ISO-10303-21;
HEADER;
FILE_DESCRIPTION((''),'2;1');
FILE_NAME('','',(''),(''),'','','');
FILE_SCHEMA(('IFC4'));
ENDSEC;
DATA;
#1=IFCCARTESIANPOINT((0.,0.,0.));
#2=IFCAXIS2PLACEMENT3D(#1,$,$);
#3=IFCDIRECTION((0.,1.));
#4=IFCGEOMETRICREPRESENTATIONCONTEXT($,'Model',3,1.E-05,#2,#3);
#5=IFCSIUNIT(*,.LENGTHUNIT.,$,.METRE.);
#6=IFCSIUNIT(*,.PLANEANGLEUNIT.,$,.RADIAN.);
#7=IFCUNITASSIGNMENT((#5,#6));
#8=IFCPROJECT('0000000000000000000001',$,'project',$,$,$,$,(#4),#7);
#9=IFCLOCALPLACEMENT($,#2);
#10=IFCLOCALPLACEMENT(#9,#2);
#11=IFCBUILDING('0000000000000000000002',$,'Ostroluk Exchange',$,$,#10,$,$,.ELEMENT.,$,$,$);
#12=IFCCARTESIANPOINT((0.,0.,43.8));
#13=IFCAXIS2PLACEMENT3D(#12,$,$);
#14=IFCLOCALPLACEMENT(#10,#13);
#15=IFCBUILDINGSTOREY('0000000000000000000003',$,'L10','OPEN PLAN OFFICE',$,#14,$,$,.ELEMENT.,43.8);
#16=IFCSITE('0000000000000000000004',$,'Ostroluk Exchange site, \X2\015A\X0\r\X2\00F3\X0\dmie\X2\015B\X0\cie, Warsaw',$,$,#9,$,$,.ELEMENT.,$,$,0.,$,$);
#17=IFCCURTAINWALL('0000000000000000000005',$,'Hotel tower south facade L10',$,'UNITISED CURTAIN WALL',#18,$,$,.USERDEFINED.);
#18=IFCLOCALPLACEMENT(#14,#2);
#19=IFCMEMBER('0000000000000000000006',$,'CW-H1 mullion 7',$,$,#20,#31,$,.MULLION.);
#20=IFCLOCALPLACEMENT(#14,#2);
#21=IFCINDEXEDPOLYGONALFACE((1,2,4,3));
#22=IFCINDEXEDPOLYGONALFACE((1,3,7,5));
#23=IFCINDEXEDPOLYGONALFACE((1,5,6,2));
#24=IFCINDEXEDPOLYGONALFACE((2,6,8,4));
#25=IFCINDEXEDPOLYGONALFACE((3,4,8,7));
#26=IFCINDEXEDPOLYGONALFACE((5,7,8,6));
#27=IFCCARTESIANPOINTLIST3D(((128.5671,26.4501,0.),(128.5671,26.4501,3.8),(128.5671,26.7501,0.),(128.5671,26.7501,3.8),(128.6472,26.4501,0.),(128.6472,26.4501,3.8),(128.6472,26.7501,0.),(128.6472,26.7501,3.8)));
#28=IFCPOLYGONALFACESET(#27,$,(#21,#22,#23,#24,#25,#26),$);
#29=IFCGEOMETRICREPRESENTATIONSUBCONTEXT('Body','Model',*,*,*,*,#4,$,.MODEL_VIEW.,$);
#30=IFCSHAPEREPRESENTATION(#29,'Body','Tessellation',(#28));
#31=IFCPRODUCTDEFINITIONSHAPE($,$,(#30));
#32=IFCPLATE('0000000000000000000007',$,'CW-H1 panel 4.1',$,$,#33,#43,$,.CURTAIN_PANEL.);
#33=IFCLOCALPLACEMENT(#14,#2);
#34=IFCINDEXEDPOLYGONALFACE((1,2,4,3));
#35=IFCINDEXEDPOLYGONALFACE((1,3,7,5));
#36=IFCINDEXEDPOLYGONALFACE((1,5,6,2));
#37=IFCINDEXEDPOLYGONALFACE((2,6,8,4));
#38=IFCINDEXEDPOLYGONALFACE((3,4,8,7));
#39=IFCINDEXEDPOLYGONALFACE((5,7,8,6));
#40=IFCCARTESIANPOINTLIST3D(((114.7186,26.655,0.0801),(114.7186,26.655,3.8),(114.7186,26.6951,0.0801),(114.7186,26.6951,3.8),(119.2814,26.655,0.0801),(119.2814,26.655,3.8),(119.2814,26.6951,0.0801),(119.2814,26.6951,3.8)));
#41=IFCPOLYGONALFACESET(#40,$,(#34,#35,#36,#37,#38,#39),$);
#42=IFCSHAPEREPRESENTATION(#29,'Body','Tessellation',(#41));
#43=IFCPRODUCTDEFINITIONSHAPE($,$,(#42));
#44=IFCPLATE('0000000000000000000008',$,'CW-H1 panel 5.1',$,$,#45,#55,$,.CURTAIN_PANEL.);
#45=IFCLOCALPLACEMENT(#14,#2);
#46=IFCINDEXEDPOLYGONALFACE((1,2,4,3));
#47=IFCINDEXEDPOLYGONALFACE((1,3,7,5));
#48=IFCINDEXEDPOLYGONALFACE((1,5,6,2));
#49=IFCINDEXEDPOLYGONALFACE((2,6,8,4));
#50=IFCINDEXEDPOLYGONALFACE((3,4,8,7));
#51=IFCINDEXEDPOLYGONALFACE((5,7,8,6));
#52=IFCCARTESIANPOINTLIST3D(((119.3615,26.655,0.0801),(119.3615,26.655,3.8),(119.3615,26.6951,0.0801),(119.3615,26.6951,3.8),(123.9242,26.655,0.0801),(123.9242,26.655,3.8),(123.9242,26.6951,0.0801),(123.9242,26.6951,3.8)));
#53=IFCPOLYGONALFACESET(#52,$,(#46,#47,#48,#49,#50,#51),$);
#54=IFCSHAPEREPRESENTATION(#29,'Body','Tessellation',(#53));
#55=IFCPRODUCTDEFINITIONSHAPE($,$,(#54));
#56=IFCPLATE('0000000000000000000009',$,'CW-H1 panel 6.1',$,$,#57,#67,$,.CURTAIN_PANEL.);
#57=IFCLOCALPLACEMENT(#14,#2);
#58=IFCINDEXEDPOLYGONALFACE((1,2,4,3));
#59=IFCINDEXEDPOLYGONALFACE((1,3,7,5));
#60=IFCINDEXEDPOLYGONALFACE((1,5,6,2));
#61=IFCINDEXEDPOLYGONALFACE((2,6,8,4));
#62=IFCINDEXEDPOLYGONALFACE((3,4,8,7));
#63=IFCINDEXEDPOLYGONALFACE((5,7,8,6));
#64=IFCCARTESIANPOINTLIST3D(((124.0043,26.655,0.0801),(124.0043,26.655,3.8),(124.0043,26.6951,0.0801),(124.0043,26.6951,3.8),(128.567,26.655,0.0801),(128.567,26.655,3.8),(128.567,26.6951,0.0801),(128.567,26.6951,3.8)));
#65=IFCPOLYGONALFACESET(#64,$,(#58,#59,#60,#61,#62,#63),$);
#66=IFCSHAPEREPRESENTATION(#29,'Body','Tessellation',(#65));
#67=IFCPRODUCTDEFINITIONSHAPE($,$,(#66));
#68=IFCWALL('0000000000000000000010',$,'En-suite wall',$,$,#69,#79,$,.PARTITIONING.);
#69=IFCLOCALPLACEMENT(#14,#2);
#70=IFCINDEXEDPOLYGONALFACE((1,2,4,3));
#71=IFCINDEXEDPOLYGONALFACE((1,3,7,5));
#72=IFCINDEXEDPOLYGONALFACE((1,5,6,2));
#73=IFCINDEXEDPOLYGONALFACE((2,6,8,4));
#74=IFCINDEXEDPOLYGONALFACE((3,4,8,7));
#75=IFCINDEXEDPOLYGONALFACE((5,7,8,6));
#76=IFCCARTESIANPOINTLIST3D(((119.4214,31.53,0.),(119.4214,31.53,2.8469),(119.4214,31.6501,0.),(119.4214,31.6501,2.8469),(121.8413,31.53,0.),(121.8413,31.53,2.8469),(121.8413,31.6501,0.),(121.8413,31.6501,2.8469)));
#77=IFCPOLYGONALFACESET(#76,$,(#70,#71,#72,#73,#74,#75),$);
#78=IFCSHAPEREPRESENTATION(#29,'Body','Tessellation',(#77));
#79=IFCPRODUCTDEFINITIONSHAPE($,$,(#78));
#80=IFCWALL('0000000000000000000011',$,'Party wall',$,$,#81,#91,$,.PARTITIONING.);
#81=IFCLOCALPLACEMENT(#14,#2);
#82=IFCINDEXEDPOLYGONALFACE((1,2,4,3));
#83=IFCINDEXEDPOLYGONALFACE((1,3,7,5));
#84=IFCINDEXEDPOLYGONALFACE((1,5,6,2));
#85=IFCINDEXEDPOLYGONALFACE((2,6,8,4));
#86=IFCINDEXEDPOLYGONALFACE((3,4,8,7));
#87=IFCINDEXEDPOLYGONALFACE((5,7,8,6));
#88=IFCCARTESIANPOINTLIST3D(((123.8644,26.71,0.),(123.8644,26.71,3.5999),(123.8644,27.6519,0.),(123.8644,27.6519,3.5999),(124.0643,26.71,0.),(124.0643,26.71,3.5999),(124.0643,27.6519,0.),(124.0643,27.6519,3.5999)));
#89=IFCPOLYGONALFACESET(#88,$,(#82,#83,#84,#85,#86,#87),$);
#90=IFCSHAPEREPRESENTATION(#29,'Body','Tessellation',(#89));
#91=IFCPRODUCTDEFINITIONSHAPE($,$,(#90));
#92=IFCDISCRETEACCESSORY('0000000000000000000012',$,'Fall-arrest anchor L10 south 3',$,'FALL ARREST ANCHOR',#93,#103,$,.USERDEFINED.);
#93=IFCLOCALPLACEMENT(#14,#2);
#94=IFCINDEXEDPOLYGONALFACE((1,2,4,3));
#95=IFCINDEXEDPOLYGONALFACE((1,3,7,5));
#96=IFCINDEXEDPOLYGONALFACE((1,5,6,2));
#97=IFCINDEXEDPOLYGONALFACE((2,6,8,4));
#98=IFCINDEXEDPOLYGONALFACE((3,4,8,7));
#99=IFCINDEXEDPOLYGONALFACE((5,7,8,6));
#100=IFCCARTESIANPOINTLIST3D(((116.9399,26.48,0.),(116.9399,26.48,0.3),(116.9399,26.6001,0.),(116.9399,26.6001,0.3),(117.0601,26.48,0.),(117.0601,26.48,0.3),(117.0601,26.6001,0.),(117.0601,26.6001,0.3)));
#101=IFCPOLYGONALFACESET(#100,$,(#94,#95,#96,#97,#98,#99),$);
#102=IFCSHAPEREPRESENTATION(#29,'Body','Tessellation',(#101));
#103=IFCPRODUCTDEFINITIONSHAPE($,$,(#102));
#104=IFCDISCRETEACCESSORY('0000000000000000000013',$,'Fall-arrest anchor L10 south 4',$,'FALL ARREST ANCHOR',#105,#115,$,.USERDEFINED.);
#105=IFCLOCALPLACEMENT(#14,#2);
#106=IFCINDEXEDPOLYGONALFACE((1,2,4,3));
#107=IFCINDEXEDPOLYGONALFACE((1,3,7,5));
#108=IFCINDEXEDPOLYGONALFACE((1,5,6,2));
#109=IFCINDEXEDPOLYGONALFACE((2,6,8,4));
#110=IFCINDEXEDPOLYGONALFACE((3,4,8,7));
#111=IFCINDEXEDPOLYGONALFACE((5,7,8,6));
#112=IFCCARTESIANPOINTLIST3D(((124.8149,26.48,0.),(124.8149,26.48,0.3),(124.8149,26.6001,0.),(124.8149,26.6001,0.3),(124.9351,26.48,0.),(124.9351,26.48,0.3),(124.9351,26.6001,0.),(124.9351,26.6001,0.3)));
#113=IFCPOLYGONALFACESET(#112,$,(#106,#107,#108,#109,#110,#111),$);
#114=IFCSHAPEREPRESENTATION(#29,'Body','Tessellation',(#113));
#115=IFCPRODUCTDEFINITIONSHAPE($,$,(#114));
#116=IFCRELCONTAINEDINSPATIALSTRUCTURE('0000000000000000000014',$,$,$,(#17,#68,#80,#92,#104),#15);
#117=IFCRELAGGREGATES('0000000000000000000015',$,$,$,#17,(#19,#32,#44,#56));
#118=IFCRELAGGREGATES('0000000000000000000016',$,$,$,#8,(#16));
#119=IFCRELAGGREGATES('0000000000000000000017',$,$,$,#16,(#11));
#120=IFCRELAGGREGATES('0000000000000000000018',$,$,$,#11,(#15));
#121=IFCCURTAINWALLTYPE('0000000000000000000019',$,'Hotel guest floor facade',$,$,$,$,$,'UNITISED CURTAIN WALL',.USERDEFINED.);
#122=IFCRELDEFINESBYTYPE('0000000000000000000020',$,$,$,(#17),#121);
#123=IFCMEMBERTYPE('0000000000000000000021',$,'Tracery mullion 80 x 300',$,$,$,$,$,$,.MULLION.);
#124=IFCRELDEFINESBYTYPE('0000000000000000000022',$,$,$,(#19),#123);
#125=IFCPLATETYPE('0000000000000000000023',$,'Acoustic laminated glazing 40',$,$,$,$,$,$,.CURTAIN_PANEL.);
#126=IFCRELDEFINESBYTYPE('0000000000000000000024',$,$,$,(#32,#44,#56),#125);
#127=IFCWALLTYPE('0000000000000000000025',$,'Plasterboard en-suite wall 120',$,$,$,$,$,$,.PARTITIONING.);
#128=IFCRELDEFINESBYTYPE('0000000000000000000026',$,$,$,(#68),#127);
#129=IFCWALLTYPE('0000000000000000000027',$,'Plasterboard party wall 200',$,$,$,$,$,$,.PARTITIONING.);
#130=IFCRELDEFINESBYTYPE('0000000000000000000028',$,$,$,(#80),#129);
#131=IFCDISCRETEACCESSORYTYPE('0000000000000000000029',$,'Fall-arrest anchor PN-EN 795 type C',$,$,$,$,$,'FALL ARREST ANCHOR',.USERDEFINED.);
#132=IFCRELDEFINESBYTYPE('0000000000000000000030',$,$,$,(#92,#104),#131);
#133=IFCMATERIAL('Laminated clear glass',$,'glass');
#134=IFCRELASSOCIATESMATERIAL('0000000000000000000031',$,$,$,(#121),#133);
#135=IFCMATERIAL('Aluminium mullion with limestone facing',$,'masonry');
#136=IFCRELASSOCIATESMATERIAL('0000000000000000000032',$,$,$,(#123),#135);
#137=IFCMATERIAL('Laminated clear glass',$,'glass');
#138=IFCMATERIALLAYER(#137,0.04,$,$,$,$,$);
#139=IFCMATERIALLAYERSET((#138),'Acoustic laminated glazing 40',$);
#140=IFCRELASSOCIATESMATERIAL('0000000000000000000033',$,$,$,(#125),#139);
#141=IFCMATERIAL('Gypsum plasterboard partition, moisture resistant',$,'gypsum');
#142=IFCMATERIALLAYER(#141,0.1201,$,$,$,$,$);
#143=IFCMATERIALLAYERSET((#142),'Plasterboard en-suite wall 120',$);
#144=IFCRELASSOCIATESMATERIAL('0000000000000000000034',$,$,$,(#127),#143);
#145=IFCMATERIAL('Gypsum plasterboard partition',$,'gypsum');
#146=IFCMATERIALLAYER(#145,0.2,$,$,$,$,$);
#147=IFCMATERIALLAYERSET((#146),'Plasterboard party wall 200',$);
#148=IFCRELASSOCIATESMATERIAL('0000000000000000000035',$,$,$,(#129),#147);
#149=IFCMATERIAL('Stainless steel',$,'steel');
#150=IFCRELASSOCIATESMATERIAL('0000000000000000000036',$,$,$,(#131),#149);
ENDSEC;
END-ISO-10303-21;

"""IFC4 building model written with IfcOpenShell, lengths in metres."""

from ifc_helpers import new_model, si_unit, direction, frame, frame_2d, origin, origin_2d, place, context, subcontext, project, spatial, rectangle, extrude, material, layer, layer_set, material_profile, profile_set, type_object, element, aggregate, save


model = new_model("IFC4")

# Units and contexts
model_context = context("Model", 3, precision=1e-05, world=origin(), true_north=direction((0.0, 1.0)))
body_context = subcontext(model_context, "Body", "Model", "MODEL_VIEW")
ifc_project = project(units=[si_unit("LENGTHUNIT", "METRE"), si_unit("PLANEANGLEUNIT", "RADIAN")], contexts=[model_context])

# Site, building, storey
site_placement = place(None, origin())
site = spatial("IfcSite", under=ifc_project, at=site_placement, Name="Ostroluk Exchange site, Śródmieście, Warsaw", CompositionType="ELEMENT", RefElevation=0.0)
building_placement = place(site_placement, origin())
building = spatial("IfcBuilding", under=site, at=building_placement, Name="Ostroluk Exchange", CompositionType="ELEMENT")
storey_placement = place(building_placement, frame((0.0, 0.0, 43.8)))
storey = spatial("IfcBuildingStorey", under=building, at=storey_placement, Name="L10", Description="OPEN PLAN OFFICE", CompositionType="ELEMENT", Elevation=43.8)

# Curtain wall, member, plates
ifc_material_1 = material(Name="Laminated clear glass", Category="glass")
curtain_wall_type = type_object("IfcCurtainWallType", Name="Hotel guest floor facade", ElementType="UNITISED CURTAIN WALL", PredefinedType="USERDEFINED", material=ifc_material_1)
curtain_wall_placement = place(storey_placement, origin())
curtain_wall = element("IfcCurtainWall", 1, at=curtain_wall_placement, inside=storey, type_object=curtain_wall_type, Name="Hotel tower south facade L10", ObjectType="UNITISED CURTAIN WALL", PredefinedType="USERDEFINED")
ifc_material_2 = material(Name="Aluminium mullion with limestone facing", Category="masonry")
ifc_material_profile_1 = material_profile(ifc_material_2, rectangle(XDim=0.3, YDim=0.0801, at=origin_2d()), Name="Tracery mullion 80 x 300")
ifc_profile_set_1 = profile_set([ifc_material_profile_1], Name="Aluminium mullion with limestone facing")
member_type_1 = type_object("IfcMemberType", Name="Tracery mullion 80 x 300", PredefinedType="MULLION", material=ifc_profile_set_1)
member_1_placement = place(storey_placement, frame((128.6072, 26.6001, 0.0), z_axis=(0.0, 0.0, 1.0), x_axis=(0.0, 1.0, 0.0)))
member_1 = element("IfcMember", 2, at=member_1_placement, type_object=member_type_1, Name="CW-H1 mullion 7", PredefinedType="MULLION", context=body_context, shape_type="SweptSolid", body=[
    extrude(rectangle(XDim=0.3, YDim=0.0801, at=origin_2d()), origin(), (0.0, 0.0, 1.0), 3.8),
])
ifc_material_3 = material(Name="Laminated clear glass", Category="glass")
ifc_layer_1 = layer(ifc_material_3, 0.04)
ifc_layer_set_1 = layer_set([ifc_layer_1], Name="Acoustic laminated glazing 40")
plate_type = type_object("IfcPlateType", Name="Acoustic laminated glazing 40", PredefinedType="CURTAIN_PANEL", material=ifc_layer_set_1)
plate_1_placement = place(storey_placement, frame((117.0, 26.675, 0.0801), z_axis=(0.0, 0.0, 1.0), x_axis=(1.0, 0.0, 0.0)))
plate_1 = element("IfcPlate", 3, at=plate_1_placement, type_object=plate_type, Name="CW-H1 panel 4.1", PredefinedType="CURTAIN_PANEL", context=body_context, shape_type="SweptSolid", body=[
    extrude(rectangle(XDim=4.5627, YDim=0.04, at=origin_2d()), origin(), (0.0, 0.0, 1.0), 3.72),
])
plate_2_placement = place(storey_placement, frame((121.6428, 26.675, 0.0801), z_axis=(0.0, 0.0, 1.0), x_axis=(1.0, 0.0, 0.0)))
plate_2 = element("IfcPlate", 4, at=plate_2_placement, type_object=plate_type, Name="CW-H1 panel 5.1", PredefinedType="CURTAIN_PANEL", context=body_context, shape_type="SweptSolid", body=[
    extrude(rectangle(XDim=4.5627, YDim=0.04, at=origin_2d()), origin(), (0.0, 0.0, 1.0), 3.72),
])
plate_3_placement = place(storey_placement, frame((126.2856, 26.675, 0.0801), z_axis=(0.0, 0.0, 1.0), x_axis=(1.0, 0.0, 0.0)))
plate_3 = element("IfcPlate", 5, at=plate_3_placement, type_object=plate_type, Name="CW-H1 panel 6.1", PredefinedType="CURTAIN_PANEL", context=body_context, shape_type="SweptSolid", body=[
    extrude(rectangle(XDim=4.5627, YDim=0.04, at=origin_2d()), origin(), (0.0, 0.0, 1.0), 3.72),
])
aggregate(curtain_wall, [member_1, plate_1, plate_2, plate_3])

# Walls
ifc_material_4 = material(Name="Gypsum plasterboard partition, moisture resistant", Category="gypsum")
ifc_layer_2 = layer(ifc_material_4, 0.1201)
ifc_layer_set_2 = layer_set([ifc_layer_2], Name="Plasterboard en-suite wall 120")
wall_type_1 = type_object("IfcWallType", Name="Plasterboard en-suite wall 120", PredefinedType="PARTITIONING", material=ifc_layer_set_2)
wall_1_placement = place(storey_placement, frame((119.4214, 31.5901, 0.0), z_axis=(0.0, 0.0, 1.0), x_axis=(1.0, 0.0, 0.0)))
element("IfcWall", 6, at=wall_1_placement, inside=storey, type_object=wall_type_1, Name="En-suite wall", PredefinedType="PARTITIONING", context=body_context, shape_type="SweptSolid", body=[
    extrude(rectangle(XDim=2.4199, YDim=0.1201, at=frame_2d((1.21, 0.0))), origin(), (0.0, 0.0, 1.0), 2.8469),
])
ifc_material_5 = material(Name="Gypsum plasterboard partition", Category="gypsum")
ifc_layer_3 = layer(ifc_material_5, 0.2)
ifc_layer_set_3 = layer_set([ifc_layer_3], Name="Plasterboard party wall 200")
wall_type_2 = type_object("IfcWallType", Name="Plasterboard party wall 200", PredefinedType="PARTITIONING", material=ifc_layer_set_3)
wall_2_placement = place(storey_placement, frame((123.9644, 27.6519, 0.0), z_axis=(0.0, 0.0, 1.0), x_axis=(0.0, -1.0, 0.0)))
element("IfcWall", 7, at=wall_2_placement, inside=storey, type_object=wall_type_2, Name="Party wall", PredefinedType="PARTITIONING", context=body_context, shape_type="SweptSolid", body=[
    extrude(rectangle(XDim=0.9419, YDim=0.2, at=frame_2d((0.4709, 0.0))), origin(), (0.0, 0.0, 1.0), 3.5999),
])

# Discrete accessories
ifc_material_6 = material(Name="Stainless steel", Category="steel")
discrete_accessory_type = type_object("IfcDiscreteAccessoryType", Name="Fall-arrest anchor PN-EN 795 type C", ElementType="FALL ARREST ANCHOR", PredefinedType="USERDEFINED", material=ifc_material_6)
for number, where, z_axis, x_axis, name in (
    (8, (117.0, 26.54, 0.0), (0.0, 0.0, 1.0), (1.0, 0.0, 0.0), "Fall-arrest anchor L10 south 3"),
    (9, (124.875, 26.54, 0.0), (0.0, 0.0, 1.0), (1.0, 0.0, 0.0), "Fall-arrest anchor L10 south 4"),
):
    element("IfcDiscreteAccessory", number, at=place(storey_placement, frame(where, z_axis=z_axis, x_axis=x_axis)), inside=storey, type_object=discrete_accessory_type, Name=name, ObjectType="FALL ARREST ANCHOR", PredefinedType="USERDEFINED", context=body_context, shape_type="SweptSolid", body=[
        extrude(rectangle(XDim=0.1201, YDim=0.1201, at=origin_2d()), origin(), (0.0, 0.0, 1.0), 0.3),
    ])

save(model, "model.ifc")
